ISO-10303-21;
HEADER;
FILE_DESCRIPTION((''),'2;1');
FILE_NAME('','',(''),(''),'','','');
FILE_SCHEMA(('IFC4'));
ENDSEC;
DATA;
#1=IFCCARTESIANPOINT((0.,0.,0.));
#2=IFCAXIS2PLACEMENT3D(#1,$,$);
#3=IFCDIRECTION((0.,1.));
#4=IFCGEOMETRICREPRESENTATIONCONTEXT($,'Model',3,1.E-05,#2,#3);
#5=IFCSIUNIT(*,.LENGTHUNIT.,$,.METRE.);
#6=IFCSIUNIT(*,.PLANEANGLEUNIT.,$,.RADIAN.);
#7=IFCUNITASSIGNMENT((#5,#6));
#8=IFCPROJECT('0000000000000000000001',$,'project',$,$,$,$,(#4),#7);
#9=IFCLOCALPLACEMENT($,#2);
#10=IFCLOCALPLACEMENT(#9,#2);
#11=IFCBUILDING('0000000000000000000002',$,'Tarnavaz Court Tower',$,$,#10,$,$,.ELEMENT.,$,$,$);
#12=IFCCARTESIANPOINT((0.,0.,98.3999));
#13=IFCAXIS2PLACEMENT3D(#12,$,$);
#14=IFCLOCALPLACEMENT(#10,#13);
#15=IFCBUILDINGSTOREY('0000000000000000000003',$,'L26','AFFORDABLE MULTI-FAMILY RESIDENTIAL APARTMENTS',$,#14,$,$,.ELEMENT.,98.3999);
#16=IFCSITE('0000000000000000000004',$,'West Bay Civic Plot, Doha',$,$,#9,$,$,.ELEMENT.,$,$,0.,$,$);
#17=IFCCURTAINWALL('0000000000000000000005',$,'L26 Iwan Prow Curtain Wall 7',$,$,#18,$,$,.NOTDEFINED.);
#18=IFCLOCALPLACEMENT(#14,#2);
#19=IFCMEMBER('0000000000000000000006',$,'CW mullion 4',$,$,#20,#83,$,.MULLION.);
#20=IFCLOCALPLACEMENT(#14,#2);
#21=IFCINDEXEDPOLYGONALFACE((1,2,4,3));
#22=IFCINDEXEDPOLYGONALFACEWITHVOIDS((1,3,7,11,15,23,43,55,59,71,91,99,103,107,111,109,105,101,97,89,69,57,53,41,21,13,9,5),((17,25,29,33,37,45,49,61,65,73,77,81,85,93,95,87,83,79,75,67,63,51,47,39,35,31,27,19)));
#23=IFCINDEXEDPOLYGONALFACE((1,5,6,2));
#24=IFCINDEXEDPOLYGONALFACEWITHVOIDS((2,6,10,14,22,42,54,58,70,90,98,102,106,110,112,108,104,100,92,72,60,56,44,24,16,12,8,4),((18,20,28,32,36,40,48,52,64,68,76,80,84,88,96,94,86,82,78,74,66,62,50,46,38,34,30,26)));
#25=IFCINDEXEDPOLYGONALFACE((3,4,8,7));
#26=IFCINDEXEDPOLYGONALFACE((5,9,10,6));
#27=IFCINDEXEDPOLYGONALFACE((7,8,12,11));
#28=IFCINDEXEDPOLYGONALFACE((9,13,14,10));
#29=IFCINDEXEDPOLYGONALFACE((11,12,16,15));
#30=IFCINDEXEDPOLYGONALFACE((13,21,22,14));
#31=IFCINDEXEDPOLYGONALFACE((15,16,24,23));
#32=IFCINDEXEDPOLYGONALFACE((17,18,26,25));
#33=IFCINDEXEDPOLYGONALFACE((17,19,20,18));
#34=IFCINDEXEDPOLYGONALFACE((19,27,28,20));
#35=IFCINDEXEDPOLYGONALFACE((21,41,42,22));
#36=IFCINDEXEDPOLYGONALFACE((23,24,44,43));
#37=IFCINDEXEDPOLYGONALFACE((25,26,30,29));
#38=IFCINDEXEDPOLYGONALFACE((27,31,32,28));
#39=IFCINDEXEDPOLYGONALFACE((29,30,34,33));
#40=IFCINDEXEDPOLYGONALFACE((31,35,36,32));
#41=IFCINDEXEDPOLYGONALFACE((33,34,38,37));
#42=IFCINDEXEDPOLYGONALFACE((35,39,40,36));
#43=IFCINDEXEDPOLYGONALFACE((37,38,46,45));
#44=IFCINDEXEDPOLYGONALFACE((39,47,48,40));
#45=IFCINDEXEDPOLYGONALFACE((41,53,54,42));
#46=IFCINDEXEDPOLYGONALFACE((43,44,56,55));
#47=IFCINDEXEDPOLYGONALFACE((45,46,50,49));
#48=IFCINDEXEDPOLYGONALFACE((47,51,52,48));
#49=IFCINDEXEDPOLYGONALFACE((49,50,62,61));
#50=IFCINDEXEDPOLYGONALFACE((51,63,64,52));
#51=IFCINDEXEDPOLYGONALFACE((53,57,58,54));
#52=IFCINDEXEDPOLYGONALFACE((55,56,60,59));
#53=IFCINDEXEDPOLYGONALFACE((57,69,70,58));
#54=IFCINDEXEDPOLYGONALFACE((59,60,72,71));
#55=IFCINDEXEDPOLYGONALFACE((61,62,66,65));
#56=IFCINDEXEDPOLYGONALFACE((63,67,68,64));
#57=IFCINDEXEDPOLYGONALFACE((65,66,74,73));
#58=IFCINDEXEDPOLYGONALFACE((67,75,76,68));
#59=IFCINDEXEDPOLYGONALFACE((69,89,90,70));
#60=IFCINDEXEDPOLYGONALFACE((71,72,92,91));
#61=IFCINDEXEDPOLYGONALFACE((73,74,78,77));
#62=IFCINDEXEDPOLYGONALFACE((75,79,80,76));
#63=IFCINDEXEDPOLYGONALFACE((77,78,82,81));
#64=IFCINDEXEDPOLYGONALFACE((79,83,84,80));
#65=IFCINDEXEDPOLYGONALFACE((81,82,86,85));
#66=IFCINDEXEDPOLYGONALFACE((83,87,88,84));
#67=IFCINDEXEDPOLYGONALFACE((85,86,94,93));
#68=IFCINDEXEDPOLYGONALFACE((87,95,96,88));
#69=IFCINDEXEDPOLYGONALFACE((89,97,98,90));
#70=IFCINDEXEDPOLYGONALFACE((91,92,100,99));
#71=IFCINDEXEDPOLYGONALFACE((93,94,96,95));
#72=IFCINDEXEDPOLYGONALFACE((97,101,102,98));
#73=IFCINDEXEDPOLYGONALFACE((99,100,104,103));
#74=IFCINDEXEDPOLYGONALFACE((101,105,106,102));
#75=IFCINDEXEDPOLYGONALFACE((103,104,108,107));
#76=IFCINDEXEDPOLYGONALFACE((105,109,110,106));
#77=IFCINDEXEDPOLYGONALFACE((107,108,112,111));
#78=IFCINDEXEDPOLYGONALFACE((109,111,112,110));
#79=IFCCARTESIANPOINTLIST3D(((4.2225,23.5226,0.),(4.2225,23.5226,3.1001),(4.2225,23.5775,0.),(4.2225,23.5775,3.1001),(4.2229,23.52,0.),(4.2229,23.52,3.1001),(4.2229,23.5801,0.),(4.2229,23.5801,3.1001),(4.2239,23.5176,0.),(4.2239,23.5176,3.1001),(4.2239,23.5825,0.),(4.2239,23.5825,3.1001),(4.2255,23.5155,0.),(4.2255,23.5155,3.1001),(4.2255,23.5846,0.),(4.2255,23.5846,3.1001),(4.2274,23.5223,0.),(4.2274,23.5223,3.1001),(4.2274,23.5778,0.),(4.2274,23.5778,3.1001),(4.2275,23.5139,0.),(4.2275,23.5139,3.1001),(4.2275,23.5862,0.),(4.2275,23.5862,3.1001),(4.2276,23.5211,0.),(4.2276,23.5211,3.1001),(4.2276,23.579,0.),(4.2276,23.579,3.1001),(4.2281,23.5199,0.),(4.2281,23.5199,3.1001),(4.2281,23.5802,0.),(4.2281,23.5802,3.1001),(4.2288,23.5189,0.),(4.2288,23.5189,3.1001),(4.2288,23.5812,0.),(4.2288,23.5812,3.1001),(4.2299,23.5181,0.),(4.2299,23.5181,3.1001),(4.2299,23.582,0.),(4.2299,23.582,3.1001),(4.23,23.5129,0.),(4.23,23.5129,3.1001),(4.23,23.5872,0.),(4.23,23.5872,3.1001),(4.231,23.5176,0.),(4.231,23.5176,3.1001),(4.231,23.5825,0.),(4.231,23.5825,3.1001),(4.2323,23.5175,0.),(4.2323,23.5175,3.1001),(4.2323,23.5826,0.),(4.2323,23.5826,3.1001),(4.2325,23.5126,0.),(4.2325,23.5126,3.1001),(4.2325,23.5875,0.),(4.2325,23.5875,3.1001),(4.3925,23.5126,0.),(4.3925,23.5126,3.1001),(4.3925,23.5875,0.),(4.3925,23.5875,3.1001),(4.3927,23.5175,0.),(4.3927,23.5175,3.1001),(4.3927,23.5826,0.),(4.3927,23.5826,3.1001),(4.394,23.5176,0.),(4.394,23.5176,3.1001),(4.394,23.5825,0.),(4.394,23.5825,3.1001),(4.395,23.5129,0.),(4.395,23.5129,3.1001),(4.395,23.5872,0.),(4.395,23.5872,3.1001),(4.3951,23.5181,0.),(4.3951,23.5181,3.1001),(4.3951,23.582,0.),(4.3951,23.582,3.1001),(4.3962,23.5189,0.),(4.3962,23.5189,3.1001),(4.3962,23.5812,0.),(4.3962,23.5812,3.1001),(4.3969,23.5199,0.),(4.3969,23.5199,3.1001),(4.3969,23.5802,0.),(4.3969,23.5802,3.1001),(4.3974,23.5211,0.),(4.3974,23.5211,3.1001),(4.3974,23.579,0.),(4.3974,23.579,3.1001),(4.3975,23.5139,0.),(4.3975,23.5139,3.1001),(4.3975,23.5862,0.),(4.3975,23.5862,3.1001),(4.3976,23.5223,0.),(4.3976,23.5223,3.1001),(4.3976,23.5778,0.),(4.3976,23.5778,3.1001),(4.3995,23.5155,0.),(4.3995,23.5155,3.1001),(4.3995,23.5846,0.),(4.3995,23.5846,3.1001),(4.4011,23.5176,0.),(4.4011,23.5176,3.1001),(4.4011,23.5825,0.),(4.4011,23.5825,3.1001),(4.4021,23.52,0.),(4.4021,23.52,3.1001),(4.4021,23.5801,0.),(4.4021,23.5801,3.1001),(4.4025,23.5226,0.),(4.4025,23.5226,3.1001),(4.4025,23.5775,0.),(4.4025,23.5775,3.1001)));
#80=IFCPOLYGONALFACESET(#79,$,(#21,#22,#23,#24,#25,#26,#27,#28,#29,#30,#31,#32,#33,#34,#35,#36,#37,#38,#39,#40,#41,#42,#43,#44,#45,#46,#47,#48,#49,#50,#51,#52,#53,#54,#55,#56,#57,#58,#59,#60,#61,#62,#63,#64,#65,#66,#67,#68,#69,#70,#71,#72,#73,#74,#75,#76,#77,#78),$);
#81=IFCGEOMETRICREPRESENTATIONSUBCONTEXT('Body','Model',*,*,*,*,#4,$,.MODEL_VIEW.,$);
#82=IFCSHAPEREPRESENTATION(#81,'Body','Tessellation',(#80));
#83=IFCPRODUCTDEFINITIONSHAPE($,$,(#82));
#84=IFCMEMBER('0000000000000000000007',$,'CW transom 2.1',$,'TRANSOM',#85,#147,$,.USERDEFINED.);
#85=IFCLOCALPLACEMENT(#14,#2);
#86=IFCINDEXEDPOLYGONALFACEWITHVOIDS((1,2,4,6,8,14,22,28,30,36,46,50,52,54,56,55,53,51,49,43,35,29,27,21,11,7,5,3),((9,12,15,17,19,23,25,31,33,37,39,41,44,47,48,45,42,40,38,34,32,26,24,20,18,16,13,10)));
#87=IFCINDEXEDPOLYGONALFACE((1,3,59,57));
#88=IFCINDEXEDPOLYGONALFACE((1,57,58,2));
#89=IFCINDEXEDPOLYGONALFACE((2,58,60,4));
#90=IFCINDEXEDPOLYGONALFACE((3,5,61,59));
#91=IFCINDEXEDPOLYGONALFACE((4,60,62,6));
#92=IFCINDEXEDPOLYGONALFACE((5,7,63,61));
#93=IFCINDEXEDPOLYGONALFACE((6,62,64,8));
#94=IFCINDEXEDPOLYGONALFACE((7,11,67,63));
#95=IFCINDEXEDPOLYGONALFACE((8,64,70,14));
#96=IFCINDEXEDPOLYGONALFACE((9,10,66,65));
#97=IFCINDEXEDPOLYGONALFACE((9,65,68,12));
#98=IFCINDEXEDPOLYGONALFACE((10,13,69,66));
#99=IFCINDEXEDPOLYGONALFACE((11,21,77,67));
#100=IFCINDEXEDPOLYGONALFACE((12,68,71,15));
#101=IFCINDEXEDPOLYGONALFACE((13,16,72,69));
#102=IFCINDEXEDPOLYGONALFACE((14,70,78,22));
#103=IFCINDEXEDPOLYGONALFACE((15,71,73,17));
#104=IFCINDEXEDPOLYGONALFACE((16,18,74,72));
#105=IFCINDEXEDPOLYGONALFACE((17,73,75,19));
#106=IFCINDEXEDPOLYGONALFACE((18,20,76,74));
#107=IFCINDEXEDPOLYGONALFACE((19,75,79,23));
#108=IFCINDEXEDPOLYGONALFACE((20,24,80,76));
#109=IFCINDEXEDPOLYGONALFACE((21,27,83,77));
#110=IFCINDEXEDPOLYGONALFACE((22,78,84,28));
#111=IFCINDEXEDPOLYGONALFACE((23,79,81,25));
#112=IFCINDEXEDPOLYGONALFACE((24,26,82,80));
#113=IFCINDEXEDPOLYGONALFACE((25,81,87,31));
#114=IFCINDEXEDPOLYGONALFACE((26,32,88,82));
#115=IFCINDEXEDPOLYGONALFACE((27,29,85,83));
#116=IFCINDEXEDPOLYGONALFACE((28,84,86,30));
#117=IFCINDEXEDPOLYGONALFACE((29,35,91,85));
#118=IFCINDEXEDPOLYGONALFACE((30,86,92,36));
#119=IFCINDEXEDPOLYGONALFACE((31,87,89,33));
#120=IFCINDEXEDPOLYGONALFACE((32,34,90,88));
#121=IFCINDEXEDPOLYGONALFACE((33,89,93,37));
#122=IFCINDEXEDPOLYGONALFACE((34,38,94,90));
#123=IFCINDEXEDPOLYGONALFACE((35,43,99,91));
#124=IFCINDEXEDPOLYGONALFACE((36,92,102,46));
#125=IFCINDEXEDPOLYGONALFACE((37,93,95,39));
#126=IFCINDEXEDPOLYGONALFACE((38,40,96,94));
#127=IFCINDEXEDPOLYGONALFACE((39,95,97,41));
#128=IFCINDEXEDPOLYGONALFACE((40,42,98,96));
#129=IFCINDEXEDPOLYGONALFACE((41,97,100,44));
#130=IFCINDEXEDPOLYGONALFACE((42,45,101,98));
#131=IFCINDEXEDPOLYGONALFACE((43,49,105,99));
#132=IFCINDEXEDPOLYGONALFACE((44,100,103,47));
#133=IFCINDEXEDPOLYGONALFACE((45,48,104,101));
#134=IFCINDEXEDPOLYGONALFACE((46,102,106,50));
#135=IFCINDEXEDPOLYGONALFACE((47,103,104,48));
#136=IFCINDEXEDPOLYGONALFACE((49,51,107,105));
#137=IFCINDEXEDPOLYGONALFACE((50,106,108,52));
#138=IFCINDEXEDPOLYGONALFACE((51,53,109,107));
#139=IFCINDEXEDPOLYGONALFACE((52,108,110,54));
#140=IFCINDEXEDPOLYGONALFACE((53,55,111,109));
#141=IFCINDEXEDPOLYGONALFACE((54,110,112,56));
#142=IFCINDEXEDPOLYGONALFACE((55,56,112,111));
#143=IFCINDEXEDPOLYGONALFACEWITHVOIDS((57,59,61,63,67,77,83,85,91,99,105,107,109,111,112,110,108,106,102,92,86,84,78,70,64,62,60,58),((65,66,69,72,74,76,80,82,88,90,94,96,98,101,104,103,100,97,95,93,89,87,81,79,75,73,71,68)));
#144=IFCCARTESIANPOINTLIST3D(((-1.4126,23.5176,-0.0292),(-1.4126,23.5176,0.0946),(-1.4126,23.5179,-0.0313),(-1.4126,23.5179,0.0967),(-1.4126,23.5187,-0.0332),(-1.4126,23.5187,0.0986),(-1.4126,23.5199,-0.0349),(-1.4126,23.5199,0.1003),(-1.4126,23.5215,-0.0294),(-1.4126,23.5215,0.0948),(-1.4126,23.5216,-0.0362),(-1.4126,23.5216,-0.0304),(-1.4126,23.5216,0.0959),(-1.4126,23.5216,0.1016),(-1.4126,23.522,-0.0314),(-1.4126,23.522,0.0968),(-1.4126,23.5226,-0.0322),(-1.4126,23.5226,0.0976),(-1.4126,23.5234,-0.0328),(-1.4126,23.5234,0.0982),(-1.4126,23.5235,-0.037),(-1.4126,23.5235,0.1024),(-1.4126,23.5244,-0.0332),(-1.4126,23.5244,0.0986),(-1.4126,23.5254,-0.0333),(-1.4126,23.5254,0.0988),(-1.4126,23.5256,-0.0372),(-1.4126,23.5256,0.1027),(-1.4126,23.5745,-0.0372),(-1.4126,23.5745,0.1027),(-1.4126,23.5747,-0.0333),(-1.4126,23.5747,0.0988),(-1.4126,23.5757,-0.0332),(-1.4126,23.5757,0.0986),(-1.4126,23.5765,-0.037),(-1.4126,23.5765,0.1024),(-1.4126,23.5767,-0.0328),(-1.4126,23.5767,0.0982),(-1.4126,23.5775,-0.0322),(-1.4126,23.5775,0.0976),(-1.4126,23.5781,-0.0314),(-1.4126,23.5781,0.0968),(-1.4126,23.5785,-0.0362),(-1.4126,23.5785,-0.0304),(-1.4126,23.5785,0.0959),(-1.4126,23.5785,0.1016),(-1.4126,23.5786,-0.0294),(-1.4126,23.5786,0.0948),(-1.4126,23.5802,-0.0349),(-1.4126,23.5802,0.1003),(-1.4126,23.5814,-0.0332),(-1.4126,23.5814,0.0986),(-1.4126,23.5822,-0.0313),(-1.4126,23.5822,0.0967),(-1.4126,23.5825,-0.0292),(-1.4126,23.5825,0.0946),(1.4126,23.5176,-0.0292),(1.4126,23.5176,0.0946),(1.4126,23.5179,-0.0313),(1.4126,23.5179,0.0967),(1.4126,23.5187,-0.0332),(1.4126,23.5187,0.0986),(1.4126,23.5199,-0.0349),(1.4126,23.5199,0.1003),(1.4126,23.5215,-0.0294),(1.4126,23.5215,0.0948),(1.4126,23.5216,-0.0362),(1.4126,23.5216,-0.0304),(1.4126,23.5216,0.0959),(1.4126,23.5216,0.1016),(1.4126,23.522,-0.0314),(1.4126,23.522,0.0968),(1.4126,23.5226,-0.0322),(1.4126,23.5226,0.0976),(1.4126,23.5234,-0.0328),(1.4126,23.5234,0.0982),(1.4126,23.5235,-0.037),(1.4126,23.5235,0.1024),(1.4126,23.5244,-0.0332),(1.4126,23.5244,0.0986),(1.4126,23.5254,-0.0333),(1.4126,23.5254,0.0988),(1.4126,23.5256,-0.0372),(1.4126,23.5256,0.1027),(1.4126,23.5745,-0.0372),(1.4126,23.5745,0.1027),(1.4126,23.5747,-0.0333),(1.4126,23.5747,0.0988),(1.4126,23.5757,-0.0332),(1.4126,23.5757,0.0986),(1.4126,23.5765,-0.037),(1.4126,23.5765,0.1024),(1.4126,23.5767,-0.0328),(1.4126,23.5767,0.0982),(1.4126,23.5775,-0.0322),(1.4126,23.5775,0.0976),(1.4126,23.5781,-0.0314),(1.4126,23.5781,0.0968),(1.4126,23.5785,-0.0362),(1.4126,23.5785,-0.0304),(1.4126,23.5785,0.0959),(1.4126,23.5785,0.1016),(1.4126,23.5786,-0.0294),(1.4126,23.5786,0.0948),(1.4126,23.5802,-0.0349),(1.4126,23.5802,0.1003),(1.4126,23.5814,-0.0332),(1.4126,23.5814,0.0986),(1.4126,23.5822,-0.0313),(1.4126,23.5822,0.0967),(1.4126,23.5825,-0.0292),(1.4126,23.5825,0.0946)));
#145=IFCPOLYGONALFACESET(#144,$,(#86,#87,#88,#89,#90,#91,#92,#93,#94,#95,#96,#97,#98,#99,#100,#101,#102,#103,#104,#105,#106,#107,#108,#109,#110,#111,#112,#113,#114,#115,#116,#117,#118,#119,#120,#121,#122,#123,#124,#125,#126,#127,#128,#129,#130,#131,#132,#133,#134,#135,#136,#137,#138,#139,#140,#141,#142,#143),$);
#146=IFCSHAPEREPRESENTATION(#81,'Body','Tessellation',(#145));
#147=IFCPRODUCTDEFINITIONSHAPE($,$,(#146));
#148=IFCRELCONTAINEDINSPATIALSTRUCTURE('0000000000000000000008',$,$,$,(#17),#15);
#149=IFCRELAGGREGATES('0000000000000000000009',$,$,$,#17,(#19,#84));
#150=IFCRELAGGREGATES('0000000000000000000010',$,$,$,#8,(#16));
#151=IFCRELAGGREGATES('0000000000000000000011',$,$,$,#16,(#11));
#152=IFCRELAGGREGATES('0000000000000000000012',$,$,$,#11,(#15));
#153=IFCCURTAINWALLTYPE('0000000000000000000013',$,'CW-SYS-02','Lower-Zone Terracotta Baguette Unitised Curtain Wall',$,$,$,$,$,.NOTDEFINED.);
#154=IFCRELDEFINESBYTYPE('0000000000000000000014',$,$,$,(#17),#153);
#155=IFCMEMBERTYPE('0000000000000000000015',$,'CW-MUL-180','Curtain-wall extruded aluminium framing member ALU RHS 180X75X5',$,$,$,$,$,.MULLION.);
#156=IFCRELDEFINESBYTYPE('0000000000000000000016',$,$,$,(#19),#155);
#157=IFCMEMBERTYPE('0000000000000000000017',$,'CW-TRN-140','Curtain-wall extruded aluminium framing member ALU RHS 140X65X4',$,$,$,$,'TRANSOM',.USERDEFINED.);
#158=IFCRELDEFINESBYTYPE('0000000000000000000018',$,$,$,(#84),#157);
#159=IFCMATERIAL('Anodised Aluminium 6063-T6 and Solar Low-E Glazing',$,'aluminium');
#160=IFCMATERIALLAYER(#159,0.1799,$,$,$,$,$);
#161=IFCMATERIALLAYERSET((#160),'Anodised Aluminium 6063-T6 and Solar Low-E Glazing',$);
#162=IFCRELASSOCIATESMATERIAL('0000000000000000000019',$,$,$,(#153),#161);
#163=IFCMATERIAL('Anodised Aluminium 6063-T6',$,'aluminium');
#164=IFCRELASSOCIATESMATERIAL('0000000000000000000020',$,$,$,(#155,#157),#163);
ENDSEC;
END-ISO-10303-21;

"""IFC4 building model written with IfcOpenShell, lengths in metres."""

from ifc_helpers import new_model, si_unit, direction, frame, origin, origin_2d, place, context, subcontext, project, spatial, hollow_rectangle, extrude, material, layer, layer_set, material_profile, profile_set, type_object, element, aggregate, save


model = new_model("IFC4")

# Units and contexts
model_context = context("Model", 3, precision=1e-05, world=origin(), true_north=direction((0.0, 1.0)))
body_context = subcontext(model_context, "Body", "Model", "MODEL_VIEW")
ifc_project = project(units=[si_unit("LENGTHUNIT", "METRE"), si_unit("PLANEANGLEUNIT", "RADIAN")], contexts=[model_context])

# Site, building, storey
site_placement = place(None, origin())
site = spatial("IfcSite", under=ifc_project, at=site_placement, Name="West Bay Civic Plot, Doha", CompositionType="ELEMENT", RefElevation=0.0)
building_placement = place(site_placement, origin())
building = spatial("IfcBuilding", under=site, at=building_placement, Name="Tarnavaz Court Tower", CompositionType="ELEMENT")
storey_placement = place(building_placement, frame((0.0, 0.0, 98.3999)))
storey = spatial("IfcBuildingStorey", under=building, at=storey_placement, Name="L26", Description="AFFORDABLE MULTI-FAMILY RESIDENTIAL APARTMENTS", CompositionType="ELEMENT", Elevation=98.3999)

# Curtain wall, members
ifc_material_1 = material(Name="Anodised Aluminium 6063-T6 and Solar Low-E Glazing", Category="aluminium")
ifc_layer_1 = layer(ifc_material_1, 0.1799)
ifc_layer_set_1 = layer_set([ifc_layer_1], Name="Anodised Aluminium 6063-T6 and Solar Low-E Glazing")
curtain_wall_type = type_object("IfcCurtainWallType", Name="CW-SYS-02", Description="Lower-Zone Terracotta Baguette Unitised Curtain Wall", PredefinedType="NOTDEFINED", material=ifc_layer_set_1)
curtain_wall_placement = place(storey_placement, origin())
curtain_wall = element("IfcCurtainWall", 1, at=curtain_wall_placement, inside=storey, type_object=curtain_wall_type, Name="L26 Iwan Prow Curtain Wall 7", PredefinedType="NOTDEFINED")
ifc_material_2 = material(Name="Anodised Aluminium 6063-T6", Category="aluminium")
ifc_material_profile_1 = material_profile(ifc_material_2, hollow_rectangle(XDim=0.075, YDim=0.1799, WallThickness=0.0049, InnerFilletRadius=0.0049, OuterFilletRadius=0.01, at=origin_2d()), Name="ALU RHS 180X75X5")
ifc_profile_set_1 = profile_set([ifc_material_profile_1], Name="Anodised Aluminium 6063-T6")
member_type_1 = type_object("IfcMemberType", Name="CW-MUL-180", Description="Curtain-wall extruded aluminium framing member ALU RHS 180X75X5", PredefinedType="MULLION", material=ifc_profile_set_1)
member_1_placement = place(storey_placement, frame((4.3125, 23.55, 0.0), z_axis=(0.0, 0.0, 1.0), x_axis=(0.0, 1.0, 0.0)))
member_1 = element("IfcMember", 2, at=member_1_placement, type_object=member_type_1, Name="CW mullion 4", PredefinedType="MULLION", context=body_context, shape_type="SweptSolid", body=[
    extrude(hollow_rectangle(XDim=0.075, YDim=0.1799, WallThickness=0.0049, InnerFilletRadius=0.0049, OuterFilletRadius=0.01, at=origin_2d()), origin(), (0.0, 0.0, 1.0), 3.1001),
])
ifc_material_profile_2 = material_profile(ifc_material_2, hollow_rectangle(XDim=0.0649, YDim=0.1399, WallThickness=0.0039, InnerFilletRadius=0.0039, OuterFilletRadius=0.0081, at=origin_2d()), Name="ALU RHS 140X65X4")
ifc_profile_set_2 = profile_set([ifc_material_profile_2], Name="Anodised Aluminium 6063-T6")
member_type_2 = type_object("IfcMemberType", Name="CW-TRN-140", Description="Curtain-wall extruded aluminium framing member ALU RHS 140X65X4", ElementType="TRANSOM", PredefinedType="USERDEFINED", material=ifc_profile_set_2)
member_2_placement = place(storey_placement, frame((-1.4126, 23.55, 0.0327), z_axis=(1.0, 0.0, 0.0), x_axis=(0.0, 1.0, 0.0)))
member_2 = element("IfcMember", 3, at=member_2_placement, type_object=member_type_2, Name="CW transom 2.1", ObjectType="TRANSOM", PredefinedType="USERDEFINED", context=body_context, shape_type="SweptSolid", body=[
    extrude(hollow_rectangle(XDim=0.0649, YDim=0.1399, WallThickness=0.0039, InnerFilletRadius=0.0039, OuterFilletRadius=0.0081, at=origin_2d()), origin(), (0.0, 0.0, 1.0), 2.8252),
])
aggregate(curtain_wall, [member_1, member_2])

save(model, "model.ifc")
